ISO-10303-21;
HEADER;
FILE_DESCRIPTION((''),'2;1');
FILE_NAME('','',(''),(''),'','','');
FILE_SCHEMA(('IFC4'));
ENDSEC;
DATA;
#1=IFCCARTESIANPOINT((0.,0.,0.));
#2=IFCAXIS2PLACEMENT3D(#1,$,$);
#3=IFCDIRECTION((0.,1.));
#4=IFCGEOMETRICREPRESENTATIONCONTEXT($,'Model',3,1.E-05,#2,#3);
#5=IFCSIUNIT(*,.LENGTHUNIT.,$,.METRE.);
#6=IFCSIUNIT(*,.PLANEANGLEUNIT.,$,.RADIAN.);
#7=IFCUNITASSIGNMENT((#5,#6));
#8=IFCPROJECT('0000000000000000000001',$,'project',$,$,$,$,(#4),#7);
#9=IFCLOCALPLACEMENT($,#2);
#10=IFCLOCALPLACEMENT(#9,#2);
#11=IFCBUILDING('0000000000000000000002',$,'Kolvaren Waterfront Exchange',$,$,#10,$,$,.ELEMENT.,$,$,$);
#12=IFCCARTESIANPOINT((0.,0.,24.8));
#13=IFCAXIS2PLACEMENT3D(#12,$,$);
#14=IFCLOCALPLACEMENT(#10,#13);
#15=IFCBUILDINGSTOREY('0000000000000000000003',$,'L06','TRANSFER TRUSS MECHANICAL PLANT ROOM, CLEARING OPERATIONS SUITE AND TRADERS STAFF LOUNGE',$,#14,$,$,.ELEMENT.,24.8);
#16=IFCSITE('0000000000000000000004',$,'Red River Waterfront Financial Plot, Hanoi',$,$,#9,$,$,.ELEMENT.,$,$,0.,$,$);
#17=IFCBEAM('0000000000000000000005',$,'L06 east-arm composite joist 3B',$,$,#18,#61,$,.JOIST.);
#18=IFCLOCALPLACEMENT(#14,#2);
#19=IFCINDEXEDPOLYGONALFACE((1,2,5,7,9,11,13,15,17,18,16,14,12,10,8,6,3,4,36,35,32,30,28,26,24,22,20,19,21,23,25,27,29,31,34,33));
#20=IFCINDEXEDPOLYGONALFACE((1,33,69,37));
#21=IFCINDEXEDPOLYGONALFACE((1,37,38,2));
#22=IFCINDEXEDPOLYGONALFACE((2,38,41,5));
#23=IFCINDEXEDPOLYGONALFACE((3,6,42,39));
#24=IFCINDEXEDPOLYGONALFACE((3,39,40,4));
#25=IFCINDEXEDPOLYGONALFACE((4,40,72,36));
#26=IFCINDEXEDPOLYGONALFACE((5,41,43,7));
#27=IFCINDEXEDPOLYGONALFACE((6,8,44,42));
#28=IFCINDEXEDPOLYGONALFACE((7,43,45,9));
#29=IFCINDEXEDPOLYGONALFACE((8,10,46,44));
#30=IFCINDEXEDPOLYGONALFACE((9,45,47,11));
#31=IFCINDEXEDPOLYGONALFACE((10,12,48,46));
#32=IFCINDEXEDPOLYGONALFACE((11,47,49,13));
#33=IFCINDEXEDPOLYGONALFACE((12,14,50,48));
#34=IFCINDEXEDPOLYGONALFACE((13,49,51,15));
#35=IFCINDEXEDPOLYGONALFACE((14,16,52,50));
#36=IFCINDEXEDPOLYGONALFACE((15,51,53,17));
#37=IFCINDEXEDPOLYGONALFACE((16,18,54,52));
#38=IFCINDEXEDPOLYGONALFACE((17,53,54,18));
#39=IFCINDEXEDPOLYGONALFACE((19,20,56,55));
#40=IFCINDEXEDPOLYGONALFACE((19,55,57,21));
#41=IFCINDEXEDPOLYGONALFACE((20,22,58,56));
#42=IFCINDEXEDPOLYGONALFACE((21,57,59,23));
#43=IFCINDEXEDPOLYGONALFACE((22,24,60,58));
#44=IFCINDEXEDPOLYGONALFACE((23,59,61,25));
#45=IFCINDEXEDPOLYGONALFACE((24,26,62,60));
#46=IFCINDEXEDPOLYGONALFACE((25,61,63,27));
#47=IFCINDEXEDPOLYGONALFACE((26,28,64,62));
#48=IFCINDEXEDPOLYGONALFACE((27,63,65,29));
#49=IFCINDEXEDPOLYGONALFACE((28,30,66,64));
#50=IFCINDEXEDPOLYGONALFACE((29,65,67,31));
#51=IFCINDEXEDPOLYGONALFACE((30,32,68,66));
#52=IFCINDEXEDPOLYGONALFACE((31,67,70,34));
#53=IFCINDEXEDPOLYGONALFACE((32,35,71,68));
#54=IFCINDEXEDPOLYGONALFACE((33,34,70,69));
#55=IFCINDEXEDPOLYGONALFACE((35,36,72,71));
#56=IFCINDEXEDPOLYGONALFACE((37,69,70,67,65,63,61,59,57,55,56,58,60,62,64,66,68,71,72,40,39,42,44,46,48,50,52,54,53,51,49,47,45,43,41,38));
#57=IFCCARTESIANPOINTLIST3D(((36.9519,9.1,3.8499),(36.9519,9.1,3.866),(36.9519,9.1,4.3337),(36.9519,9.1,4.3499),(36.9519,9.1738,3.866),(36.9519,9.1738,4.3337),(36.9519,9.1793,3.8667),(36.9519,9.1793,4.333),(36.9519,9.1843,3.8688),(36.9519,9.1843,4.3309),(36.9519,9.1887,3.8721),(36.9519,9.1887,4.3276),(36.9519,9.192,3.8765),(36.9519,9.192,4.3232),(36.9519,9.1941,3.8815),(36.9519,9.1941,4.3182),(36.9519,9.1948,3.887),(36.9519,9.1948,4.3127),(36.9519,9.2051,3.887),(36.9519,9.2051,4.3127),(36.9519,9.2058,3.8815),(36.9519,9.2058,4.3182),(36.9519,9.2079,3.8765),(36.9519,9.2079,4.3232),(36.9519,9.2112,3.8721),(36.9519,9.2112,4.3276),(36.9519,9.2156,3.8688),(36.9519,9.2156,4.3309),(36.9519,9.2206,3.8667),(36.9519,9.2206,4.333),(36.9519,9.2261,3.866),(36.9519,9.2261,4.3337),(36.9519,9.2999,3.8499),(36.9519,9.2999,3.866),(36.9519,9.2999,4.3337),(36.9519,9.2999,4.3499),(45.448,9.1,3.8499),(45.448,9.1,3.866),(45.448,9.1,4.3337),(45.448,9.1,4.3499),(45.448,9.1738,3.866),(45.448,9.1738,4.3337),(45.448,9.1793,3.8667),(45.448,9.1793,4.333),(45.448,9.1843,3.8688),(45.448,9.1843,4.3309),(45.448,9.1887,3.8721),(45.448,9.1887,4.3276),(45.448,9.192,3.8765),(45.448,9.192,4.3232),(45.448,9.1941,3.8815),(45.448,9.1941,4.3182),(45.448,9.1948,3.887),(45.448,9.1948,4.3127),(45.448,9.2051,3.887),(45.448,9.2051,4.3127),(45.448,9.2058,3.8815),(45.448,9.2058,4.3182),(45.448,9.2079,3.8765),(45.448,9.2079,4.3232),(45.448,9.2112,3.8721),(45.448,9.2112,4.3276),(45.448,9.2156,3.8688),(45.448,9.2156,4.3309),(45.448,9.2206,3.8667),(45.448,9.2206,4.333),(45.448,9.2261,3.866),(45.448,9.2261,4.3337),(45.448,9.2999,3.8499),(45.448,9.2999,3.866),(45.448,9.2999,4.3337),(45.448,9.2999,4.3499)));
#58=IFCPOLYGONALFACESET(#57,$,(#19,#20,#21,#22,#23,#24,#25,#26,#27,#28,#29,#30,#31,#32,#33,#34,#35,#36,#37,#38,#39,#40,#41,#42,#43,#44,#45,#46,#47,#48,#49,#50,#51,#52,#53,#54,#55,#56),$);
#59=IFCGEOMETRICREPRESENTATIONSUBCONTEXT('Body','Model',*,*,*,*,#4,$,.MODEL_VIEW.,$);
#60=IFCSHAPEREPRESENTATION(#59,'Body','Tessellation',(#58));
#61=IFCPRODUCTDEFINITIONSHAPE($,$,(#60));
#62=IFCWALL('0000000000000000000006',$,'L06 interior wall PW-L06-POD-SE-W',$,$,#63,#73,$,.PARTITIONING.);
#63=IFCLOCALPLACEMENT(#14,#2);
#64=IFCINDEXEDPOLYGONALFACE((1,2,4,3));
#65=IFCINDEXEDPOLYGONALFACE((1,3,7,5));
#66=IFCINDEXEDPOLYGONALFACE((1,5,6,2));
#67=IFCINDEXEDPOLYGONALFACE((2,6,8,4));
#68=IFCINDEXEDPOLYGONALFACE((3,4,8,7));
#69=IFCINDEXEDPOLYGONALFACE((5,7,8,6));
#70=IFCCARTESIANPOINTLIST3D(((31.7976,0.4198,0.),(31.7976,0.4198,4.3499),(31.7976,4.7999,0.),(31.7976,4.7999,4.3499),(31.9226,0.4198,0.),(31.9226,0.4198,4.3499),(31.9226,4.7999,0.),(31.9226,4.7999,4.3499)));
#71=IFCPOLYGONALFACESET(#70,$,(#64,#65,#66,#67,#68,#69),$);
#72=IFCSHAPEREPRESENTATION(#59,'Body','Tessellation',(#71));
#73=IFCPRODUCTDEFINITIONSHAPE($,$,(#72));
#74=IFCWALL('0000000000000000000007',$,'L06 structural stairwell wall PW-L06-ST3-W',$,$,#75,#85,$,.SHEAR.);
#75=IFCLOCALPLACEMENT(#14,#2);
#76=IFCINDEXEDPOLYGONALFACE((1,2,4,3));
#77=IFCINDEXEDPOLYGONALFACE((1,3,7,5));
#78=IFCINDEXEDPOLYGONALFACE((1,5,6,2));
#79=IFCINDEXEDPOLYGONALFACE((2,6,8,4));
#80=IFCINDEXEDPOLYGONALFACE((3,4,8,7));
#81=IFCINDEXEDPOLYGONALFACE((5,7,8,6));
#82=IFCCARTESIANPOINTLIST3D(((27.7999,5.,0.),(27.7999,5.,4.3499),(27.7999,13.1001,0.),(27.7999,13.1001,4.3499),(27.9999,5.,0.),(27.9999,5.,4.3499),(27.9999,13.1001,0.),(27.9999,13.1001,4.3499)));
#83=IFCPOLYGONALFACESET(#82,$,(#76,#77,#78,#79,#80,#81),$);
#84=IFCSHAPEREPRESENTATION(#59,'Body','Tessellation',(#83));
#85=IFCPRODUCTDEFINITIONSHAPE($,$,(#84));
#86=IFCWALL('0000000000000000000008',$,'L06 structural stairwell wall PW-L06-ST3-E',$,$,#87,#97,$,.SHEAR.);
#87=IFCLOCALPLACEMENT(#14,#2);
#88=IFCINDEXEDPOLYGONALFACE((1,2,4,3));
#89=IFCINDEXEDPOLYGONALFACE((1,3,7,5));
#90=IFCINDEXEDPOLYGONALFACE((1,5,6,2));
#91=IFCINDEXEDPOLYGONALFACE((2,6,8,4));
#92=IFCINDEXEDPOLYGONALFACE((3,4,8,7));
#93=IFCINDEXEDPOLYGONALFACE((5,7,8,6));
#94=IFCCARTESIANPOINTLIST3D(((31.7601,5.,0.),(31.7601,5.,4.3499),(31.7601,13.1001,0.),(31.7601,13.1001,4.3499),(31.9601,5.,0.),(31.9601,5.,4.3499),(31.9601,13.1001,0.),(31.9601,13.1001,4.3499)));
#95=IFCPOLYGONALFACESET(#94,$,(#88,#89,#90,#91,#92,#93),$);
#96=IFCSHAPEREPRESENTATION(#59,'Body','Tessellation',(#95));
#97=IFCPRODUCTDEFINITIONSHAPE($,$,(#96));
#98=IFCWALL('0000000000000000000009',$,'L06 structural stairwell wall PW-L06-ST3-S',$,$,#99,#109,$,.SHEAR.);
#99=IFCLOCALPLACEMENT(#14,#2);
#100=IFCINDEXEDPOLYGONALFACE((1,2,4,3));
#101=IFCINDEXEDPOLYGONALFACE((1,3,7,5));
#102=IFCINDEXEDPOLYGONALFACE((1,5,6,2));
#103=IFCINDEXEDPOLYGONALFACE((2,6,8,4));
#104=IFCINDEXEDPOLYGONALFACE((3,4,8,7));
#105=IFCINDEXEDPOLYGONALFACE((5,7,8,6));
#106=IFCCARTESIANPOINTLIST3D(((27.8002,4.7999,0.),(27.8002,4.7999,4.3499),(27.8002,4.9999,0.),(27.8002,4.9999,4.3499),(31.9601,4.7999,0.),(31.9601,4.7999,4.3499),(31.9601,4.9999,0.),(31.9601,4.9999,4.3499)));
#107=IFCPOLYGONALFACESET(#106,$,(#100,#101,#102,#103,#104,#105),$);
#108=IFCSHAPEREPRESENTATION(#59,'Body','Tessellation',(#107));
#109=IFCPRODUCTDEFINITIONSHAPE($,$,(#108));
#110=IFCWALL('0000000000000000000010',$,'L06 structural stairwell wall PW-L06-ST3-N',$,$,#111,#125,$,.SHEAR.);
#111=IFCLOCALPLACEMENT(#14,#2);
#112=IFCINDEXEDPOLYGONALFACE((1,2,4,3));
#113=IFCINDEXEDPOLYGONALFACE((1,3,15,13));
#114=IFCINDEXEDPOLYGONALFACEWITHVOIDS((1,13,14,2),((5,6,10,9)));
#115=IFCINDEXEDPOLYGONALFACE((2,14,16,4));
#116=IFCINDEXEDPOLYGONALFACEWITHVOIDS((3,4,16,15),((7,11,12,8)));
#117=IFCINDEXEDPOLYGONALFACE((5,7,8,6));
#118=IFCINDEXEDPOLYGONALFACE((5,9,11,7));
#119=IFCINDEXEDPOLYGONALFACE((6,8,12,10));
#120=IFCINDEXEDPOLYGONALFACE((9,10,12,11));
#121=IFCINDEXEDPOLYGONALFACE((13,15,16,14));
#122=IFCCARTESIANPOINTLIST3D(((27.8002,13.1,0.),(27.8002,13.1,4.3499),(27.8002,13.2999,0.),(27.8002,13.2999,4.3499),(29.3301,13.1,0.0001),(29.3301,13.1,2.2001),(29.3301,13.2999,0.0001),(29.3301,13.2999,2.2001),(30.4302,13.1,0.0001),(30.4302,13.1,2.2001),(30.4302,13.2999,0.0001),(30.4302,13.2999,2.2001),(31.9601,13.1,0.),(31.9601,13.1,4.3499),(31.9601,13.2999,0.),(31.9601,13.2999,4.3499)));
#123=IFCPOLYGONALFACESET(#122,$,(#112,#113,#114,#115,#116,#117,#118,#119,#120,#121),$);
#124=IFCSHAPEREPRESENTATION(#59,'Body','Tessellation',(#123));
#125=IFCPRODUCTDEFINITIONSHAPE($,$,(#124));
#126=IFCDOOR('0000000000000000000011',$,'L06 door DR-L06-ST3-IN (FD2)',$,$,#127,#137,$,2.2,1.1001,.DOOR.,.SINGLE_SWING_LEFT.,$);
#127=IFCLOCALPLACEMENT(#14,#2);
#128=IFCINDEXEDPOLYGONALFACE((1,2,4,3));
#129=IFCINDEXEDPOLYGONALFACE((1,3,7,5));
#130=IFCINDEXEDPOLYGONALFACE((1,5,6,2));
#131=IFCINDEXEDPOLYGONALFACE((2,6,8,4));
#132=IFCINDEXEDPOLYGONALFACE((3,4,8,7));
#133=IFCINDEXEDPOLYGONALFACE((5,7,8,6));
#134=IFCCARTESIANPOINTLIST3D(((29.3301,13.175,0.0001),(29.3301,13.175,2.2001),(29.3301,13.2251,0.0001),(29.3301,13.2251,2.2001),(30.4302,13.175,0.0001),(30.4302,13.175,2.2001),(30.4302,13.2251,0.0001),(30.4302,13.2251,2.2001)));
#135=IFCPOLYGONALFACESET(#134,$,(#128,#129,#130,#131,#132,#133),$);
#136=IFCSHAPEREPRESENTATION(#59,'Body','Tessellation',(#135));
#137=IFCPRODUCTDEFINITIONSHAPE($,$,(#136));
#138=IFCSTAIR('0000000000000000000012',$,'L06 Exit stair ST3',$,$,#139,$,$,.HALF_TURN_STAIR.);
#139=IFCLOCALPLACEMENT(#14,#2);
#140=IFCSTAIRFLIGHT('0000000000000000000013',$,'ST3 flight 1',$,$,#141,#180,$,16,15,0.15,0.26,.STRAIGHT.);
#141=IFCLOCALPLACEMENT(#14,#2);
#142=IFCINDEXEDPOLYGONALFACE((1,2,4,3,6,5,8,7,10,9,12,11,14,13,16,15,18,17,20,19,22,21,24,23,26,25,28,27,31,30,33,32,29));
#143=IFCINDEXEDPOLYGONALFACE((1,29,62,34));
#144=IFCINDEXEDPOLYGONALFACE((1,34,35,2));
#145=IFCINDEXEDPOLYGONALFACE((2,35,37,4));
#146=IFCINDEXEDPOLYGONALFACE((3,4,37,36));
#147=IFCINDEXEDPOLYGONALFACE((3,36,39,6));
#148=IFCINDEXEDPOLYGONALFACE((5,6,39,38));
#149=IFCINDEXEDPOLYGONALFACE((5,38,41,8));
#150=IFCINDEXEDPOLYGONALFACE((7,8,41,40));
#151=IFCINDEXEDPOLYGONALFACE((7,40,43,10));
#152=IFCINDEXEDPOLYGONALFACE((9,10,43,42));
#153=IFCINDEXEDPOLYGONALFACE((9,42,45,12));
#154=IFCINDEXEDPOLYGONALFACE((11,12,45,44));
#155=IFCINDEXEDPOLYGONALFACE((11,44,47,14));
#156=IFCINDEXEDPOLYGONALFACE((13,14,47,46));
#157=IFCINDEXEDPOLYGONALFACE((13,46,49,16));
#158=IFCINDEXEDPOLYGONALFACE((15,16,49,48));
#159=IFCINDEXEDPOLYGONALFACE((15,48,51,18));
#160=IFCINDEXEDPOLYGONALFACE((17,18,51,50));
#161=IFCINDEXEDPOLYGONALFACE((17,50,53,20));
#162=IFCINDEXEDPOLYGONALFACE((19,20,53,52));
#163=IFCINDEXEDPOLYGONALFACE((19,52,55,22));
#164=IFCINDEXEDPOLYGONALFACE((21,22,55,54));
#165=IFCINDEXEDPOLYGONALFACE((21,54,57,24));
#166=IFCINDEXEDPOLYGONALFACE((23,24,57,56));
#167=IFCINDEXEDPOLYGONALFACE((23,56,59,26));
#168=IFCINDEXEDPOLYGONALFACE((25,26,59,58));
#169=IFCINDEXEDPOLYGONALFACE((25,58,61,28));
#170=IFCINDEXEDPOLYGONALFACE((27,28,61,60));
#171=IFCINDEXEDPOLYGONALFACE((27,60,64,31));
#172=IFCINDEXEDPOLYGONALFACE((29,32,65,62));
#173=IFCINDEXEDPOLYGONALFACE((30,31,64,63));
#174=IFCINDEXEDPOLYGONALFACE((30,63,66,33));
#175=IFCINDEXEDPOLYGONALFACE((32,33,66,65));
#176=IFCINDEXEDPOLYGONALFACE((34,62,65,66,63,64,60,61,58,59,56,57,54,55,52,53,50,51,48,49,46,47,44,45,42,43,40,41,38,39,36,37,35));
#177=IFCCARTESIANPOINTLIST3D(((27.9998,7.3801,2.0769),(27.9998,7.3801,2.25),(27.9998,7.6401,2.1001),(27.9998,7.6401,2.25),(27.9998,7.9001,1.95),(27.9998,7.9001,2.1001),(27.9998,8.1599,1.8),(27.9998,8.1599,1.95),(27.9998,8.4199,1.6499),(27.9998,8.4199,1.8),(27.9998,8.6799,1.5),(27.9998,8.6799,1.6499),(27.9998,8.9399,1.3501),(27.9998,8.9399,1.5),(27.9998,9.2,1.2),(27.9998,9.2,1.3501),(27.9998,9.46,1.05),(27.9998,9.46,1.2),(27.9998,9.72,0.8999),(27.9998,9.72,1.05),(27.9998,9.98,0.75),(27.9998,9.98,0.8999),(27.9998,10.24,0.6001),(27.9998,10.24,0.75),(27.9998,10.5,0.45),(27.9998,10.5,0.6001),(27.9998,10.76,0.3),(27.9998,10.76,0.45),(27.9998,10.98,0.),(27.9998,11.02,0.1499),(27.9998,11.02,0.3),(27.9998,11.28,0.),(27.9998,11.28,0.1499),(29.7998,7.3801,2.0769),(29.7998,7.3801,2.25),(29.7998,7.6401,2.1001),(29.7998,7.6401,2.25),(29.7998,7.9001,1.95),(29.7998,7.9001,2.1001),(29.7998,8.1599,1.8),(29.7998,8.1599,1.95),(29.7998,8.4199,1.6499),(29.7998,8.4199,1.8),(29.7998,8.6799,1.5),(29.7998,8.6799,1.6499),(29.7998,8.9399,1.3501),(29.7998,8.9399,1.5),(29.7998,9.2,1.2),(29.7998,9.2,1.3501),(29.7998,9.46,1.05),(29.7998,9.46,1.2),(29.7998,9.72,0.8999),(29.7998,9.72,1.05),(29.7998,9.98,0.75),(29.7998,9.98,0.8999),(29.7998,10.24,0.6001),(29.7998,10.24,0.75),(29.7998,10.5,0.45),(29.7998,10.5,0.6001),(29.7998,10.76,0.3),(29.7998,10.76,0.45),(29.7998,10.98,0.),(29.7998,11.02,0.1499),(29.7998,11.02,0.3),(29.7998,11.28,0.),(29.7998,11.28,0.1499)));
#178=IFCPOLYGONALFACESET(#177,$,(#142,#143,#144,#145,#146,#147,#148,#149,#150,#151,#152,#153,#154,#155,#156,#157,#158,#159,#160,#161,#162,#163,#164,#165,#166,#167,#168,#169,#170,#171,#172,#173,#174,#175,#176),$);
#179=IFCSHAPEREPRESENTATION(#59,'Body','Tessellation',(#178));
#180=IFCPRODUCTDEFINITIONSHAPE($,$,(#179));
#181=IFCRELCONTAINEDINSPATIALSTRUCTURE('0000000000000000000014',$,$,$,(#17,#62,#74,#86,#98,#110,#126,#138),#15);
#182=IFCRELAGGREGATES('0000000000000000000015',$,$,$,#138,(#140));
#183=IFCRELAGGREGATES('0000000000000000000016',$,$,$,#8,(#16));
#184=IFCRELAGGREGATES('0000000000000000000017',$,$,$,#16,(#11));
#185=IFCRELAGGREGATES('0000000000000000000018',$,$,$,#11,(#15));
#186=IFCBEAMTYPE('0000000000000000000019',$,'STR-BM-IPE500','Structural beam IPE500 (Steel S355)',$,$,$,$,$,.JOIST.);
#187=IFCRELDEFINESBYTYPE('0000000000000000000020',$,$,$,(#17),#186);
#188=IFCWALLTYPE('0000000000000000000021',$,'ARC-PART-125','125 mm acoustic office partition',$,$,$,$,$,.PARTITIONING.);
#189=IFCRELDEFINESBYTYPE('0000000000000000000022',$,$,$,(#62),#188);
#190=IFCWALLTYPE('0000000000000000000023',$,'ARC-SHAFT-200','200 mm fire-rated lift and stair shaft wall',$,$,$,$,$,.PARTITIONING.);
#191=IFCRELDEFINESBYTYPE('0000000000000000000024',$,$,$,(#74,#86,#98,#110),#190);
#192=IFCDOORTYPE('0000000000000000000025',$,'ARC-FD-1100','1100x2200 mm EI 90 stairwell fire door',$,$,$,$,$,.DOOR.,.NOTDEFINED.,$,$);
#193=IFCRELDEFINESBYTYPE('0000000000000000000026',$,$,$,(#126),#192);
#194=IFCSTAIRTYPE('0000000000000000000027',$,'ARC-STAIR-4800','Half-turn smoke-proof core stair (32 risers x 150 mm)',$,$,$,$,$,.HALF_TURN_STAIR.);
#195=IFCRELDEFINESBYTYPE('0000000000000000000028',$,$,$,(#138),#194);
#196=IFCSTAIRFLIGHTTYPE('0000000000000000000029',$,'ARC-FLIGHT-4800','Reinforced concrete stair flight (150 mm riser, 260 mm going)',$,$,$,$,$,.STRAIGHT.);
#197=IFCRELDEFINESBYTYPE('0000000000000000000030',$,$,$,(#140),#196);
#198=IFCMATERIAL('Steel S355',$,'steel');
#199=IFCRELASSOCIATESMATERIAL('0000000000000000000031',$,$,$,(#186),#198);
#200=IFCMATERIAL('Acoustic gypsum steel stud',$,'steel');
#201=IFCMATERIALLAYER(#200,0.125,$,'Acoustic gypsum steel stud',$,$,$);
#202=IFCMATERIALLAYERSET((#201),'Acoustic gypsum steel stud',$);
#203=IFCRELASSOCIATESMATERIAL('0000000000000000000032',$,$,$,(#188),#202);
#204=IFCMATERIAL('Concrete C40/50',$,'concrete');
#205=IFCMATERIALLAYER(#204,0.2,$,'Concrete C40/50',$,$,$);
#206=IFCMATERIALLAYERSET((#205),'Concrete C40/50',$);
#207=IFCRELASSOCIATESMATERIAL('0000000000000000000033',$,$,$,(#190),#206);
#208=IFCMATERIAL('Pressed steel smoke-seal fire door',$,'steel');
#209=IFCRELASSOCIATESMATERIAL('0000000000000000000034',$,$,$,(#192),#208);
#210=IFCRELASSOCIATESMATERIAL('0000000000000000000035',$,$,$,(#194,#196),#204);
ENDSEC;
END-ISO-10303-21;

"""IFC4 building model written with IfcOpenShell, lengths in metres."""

from ifc_helpers import new_model, si_unit, direction, frame, frame_2d, origin, origin_2d, place, context, subcontext, project, spatial, polyline, rectangle, i_section, outline, extrude, material, layer, layer_set, material_profile, profile_set, type_object, element, fill, aggregate, save


model = new_model("IFC4")

# Units and contexts
model_context = context("Model", 3, precision=1e-05, world=origin(), true_north=direction((0.0, 1.0)))
body_context = subcontext(model_context, "Body", "Model", "MODEL_VIEW")
ifc_project = project(units=[si_unit("LENGTHUNIT", "METRE"), si_unit("PLANEANGLEUNIT", "RADIAN")], contexts=[model_context])

# Site, building, storey
site_placement = place(None, origin())
site = spatial("IfcSite", under=ifc_project, at=site_placement, Name="Red River Waterfront Financial Plot, Hanoi", CompositionType="ELEMENT", RefElevation=0.0)
building_placement = place(site_placement, origin())
building = spatial("IfcBuilding", under=site, at=building_placement, Name="Kolvaren Waterfront Exchange", CompositionType="ELEMENT")
storey_placement = place(building_placement, frame((0.0, 0.0, 24.8)))
storey = spatial("IfcBuildingStorey", under=building, at=storey_placement, Name="L06", Description="TRANSFER TRUSS MECHANICAL PLANT ROOM, CLEARING OPERATIONS SUITE AND TRADERS STAFF LOUNGE", CompositionType="ELEMENT", Elevation=24.8)

# Beam
ifc_material_1 = material(Name="Steel S355", Category="steel")
ifc_material_profile_1 = material_profile(ifc_material_1, i_section(OverallWidth=0.2, OverallDepth=0.5, WebThickness=0.0103, FlangeThickness=0.0161, FilletRadius=0.021, at=origin_2d()), Name="IPE500")
ifc_profile_set_1 = profile_set([ifc_material_profile_1], Name="Steel S355")
beam_type_1 = type_object("IfcBeamType", Name="STR-BM-IPE500", Description="Structural beam IPE500 (Steel S355)", PredefinedType="JOIST", material=ifc_profile_set_1)
beam_1_placement = place(storey_placement, frame((36.9519, 9.2, 4.0999), z_axis=(1.0, 0.0, 0.0), x_axis=(0.0, 1.0, 0.0)))
element("IfcBeam", 1, at=beam_1_placement, inside=storey, type_object=beam_type_1, Name="L06 east-arm composite joist 3B", PredefinedType="JOIST", context=body_context, shape_type="SweptSolid", body=[
    extrude(i_section(OverallWidth=0.2, OverallDepth=0.5, WebThickness=0.0103, FlangeThickness=0.0161, FilletRadius=0.021, at=origin_2d()), origin(), (0.0, 0.0, 1.0), 8.4961),
])

# Walls
ifc_material_2 = material(Name="Acoustic gypsum steel stud", Category="steel")
ifc_layer_1 = layer(ifc_material_2, 0.125, Name="Acoustic gypsum steel stud")
ifc_layer_set_1 = layer_set([ifc_layer_1], Name="Acoustic gypsum steel stud")
wall_type_1 = type_object("IfcWallType", Name="ARC-PART-125", Description="125 mm acoustic office partition", PredefinedType="PARTITIONING", material=ifc_layer_set_1)
wall_1_placement = place(storey_placement, frame((31.8601, 0.4199, 0.0), z_axis=(0.0, 0.0, 1.0), x_axis=(0.0, 1.0, 0.0)))
element("IfcWall", 2, at=wall_1_placement, inside=storey, type_object=wall_type_1, Name="L06 interior wall PW-L06-POD-SE-W", PredefinedType="PARTITIONING", context=body_context, shape_type="SweptSolid", body=[
    extrude(rectangle(XDim=4.3801, YDim=0.125, at=frame_2d((2.1899, 0.0))), origin(), (0.0, 0.0, 1.0), 4.3499),
])
ifc_material_3 = material(Name="Concrete C40/50", Category="concrete")
ifc_layer_2 = layer(ifc_material_3, 0.2, Name="Concrete C40/50")
ifc_layer_set_2 = layer_set([ifc_layer_2], Name="Concrete C40/50")
wall_type_2 = type_object("IfcWallType", Name="ARC-SHAFT-200", Description="200 mm fire-rated lift and stair shaft wall", PredefinedType="PARTITIONING", material=ifc_layer_set_2)
for number, where, z_axis, x_axis, name in (
    (3, (27.8999, 5.0, 0.0), (0.0, 0.0, 1.0), (0.0, 1.0, 0.0), "L06 structural stairwell wall PW-L06-ST3-W"),
    (4, (31.8601, 5.0, 0.0), (0.0, 0.0, 1.0), (0.0, 1.0, 0.0), "L06 structural stairwell wall PW-L06-ST3-E"),
):
    element("IfcWall", number, at=place(storey_placement, frame(where, z_axis=z_axis, x_axis=x_axis)), inside=storey, type_object=wall_type_2, Name=name, PredefinedType="SHEAR", context=body_context, shape_type="SweptSolid", body=[
        extrude(rectangle(XDim=8.1001, YDim=0.2, at=frame_2d((4.05, 0.0))), origin(), (0.0, 0.0, 1.0), 4.3499),
    ])
wall_2_placement = place(storey_placement, frame((27.8, 4.8999, 0.0), z_axis=(0.0, 0.0, 1.0), x_axis=(1.0, 0.0, 0.0)))
element("IfcWall", 5, at=wall_2_placement, inside=storey, type_object=wall_type_2, Name="L06 structural stairwell wall PW-L06-ST3-S", PredefinedType="SHEAR", context=body_context, shape_type="SweptSolid", body=[
    extrude(rectangle(XDim=4.1599, YDim=0.2, at=frame_2d((2.0801, 0.0))), origin(), (0.0, 0.0, 1.0), 4.3499),
])

# Wall, opening, door
wall_3_placement = place(storey_placement, frame((27.8, 13.2, 0.0), z_axis=(0.0, 0.0, 1.0), x_axis=(1.0, 0.0, 0.0)))
wall_3 = element("IfcWall", 6, at=wall_3_placement, inside=storey, type_object=wall_type_2, Name="L06 structural stairwell wall PW-L06-ST3-N", PredefinedType="SHEAR", context=body_context, shape_type="SweptSolid", body=[
    extrude(rectangle(XDim=4.1599, YDim=0.2, at=frame_2d((2.0801, 0.0))), origin(), (0.0, 0.0, 1.0), 4.3499),
])
opening_placement = place(wall_3_placement, frame((1.53, 0.0, 0.0)))
opening = element("IfcOpeningElement", 7, at=opening_placement, cuts=wall_3, PredefinedType="OPENING", context=body_context, shape_type="SweptSolid", body=[
    extrude(rectangle(XDim=1.1001, YDim=2.2, at=frame_2d((0.55, 1.1001))), frame((0.0, 0.1099, 0.0), z_axis=(0.0, -1.0, 0.0), x_axis=(1.0, 0.0, 0.0)), (0.0, 0.0, 1.0), 0.22),
])
ifc_material_4 = material(Name="Pressed steel smoke-seal fire door", Category="steel")
door_type = type_object("IfcDoorType", Name="ARC-FD-1100", Description="1100x2200 mm EI 90 stairwell fire door", OperationType="NOTDEFINED", PredefinedType="DOOR", material=ifc_material_4)
door_placement = place(opening_placement, frame((1.1001, 0.0, 0.0), z_axis=(0.0, 0.0, 1.0), x_axis=(-1.0, 0.0, 0.0)))
door = element("IfcDoor", 8, at=door_placement, inside=storey, type_object=door_type, Name="L06 door DR-L06-ST3-IN (FD2)", OperationType="SINGLE_SWING_LEFT", OverallHeight=2.2, OverallWidth=1.1001, PredefinedType="DOOR", context=body_context, shape_type="SweptSolid", body=[
    extrude(rectangle(XDim=1.1001, YDim=2.2, at=frame_2d((0.55, 1.1001))), frame((0.0, 0.0249, 0.0), z_axis=(0.0, -1.0, 0.0), x_axis=(1.0, 0.0, 0.0)), (0.0, 0.0, 1.0), 0.05),
])
fill(opening, door)

# Stair, stair flight
stair_type = type_object("IfcStairType", Name="ARC-STAIR-4800", Description="Half-turn smoke-proof core stair (32 risers x 150 mm)", PredefinedType="HALF_TURN_STAIR", material=ifc_material_3)
stair_placement = place(storey_placement, origin())
stair = element("IfcStair", 9, at=stair_placement, inside=storey, type_object=stair_type, Name="L06 Exit stair ST3", PredefinedType="HALF_TURN_STAIR")
stair_flight_type = type_object("IfcStairFlightType", Name="ARC-FLIGHT-4800", Description="Reinforced concrete stair flight (150 mm riser, 260 mm going)", PredefinedType="STRAIGHT", material=ifc_material_3)
stair_flight_1_placement = place(storey_placement, frame((28.8999, 11.28, 0.0), z_axis=(0.0, 0.0, 1.0), x_axis=(0.0, -1.0, 0.0)))
stair_flight_1 = element("IfcStairFlight", 10, at=stair_flight_1_placement, type_object=stair_flight_type, Name="ST3 flight 1", NumberOfRisers=16, NumberOfTreads=15, PredefinedType="STRAIGHT", RiserHeight=0.15, TreadLength=0.26, context=body_context, shape_type="SweptSolid", body=[
    extrude(outline(polyline([(0.0, 0.0), (0.0, 0.1499), (0.26, 0.1499), (0.26, 0.3), (0.52, 0.3), (0.52, 0.45), (0.78, 0.45), (0.78, 0.6001), (1.04, 0.6001), (1.04, 0.75), (1.3, 0.75), (1.3, 0.8999), (1.5601, 0.8999), (1.5601, 1.05), (1.8201, 1.05), (1.8201, 1.2), (2.0801, 1.2), (2.0801, 1.3501), (2.3401, 1.3501), (2.3401, 1.5), (2.6001, 1.5), (2.6001, 1.6499), (2.8601, 1.6499), (2.8601, 1.8), (3.1201, 1.8), (3.1201, 1.95), (3.3799, 1.95), (3.3799, 2.1001), (3.6399, 2.1001), (3.6399, 2.25), (3.8999, 2.25), (3.8999, 2.3999), (3.8999, 2.0769), (0.3, 0.0), (0.0, 0.0)])), frame((0.0, 0.8999, 0.0), z_axis=(0.0, -1.0, 0.0), x_axis=(1.0, 0.0, 0.0)), (0.0, 0.0, 1.0), 1.8),
])
aggregate(stair, [stair_flight_1])

save(model, "model.ifc")
